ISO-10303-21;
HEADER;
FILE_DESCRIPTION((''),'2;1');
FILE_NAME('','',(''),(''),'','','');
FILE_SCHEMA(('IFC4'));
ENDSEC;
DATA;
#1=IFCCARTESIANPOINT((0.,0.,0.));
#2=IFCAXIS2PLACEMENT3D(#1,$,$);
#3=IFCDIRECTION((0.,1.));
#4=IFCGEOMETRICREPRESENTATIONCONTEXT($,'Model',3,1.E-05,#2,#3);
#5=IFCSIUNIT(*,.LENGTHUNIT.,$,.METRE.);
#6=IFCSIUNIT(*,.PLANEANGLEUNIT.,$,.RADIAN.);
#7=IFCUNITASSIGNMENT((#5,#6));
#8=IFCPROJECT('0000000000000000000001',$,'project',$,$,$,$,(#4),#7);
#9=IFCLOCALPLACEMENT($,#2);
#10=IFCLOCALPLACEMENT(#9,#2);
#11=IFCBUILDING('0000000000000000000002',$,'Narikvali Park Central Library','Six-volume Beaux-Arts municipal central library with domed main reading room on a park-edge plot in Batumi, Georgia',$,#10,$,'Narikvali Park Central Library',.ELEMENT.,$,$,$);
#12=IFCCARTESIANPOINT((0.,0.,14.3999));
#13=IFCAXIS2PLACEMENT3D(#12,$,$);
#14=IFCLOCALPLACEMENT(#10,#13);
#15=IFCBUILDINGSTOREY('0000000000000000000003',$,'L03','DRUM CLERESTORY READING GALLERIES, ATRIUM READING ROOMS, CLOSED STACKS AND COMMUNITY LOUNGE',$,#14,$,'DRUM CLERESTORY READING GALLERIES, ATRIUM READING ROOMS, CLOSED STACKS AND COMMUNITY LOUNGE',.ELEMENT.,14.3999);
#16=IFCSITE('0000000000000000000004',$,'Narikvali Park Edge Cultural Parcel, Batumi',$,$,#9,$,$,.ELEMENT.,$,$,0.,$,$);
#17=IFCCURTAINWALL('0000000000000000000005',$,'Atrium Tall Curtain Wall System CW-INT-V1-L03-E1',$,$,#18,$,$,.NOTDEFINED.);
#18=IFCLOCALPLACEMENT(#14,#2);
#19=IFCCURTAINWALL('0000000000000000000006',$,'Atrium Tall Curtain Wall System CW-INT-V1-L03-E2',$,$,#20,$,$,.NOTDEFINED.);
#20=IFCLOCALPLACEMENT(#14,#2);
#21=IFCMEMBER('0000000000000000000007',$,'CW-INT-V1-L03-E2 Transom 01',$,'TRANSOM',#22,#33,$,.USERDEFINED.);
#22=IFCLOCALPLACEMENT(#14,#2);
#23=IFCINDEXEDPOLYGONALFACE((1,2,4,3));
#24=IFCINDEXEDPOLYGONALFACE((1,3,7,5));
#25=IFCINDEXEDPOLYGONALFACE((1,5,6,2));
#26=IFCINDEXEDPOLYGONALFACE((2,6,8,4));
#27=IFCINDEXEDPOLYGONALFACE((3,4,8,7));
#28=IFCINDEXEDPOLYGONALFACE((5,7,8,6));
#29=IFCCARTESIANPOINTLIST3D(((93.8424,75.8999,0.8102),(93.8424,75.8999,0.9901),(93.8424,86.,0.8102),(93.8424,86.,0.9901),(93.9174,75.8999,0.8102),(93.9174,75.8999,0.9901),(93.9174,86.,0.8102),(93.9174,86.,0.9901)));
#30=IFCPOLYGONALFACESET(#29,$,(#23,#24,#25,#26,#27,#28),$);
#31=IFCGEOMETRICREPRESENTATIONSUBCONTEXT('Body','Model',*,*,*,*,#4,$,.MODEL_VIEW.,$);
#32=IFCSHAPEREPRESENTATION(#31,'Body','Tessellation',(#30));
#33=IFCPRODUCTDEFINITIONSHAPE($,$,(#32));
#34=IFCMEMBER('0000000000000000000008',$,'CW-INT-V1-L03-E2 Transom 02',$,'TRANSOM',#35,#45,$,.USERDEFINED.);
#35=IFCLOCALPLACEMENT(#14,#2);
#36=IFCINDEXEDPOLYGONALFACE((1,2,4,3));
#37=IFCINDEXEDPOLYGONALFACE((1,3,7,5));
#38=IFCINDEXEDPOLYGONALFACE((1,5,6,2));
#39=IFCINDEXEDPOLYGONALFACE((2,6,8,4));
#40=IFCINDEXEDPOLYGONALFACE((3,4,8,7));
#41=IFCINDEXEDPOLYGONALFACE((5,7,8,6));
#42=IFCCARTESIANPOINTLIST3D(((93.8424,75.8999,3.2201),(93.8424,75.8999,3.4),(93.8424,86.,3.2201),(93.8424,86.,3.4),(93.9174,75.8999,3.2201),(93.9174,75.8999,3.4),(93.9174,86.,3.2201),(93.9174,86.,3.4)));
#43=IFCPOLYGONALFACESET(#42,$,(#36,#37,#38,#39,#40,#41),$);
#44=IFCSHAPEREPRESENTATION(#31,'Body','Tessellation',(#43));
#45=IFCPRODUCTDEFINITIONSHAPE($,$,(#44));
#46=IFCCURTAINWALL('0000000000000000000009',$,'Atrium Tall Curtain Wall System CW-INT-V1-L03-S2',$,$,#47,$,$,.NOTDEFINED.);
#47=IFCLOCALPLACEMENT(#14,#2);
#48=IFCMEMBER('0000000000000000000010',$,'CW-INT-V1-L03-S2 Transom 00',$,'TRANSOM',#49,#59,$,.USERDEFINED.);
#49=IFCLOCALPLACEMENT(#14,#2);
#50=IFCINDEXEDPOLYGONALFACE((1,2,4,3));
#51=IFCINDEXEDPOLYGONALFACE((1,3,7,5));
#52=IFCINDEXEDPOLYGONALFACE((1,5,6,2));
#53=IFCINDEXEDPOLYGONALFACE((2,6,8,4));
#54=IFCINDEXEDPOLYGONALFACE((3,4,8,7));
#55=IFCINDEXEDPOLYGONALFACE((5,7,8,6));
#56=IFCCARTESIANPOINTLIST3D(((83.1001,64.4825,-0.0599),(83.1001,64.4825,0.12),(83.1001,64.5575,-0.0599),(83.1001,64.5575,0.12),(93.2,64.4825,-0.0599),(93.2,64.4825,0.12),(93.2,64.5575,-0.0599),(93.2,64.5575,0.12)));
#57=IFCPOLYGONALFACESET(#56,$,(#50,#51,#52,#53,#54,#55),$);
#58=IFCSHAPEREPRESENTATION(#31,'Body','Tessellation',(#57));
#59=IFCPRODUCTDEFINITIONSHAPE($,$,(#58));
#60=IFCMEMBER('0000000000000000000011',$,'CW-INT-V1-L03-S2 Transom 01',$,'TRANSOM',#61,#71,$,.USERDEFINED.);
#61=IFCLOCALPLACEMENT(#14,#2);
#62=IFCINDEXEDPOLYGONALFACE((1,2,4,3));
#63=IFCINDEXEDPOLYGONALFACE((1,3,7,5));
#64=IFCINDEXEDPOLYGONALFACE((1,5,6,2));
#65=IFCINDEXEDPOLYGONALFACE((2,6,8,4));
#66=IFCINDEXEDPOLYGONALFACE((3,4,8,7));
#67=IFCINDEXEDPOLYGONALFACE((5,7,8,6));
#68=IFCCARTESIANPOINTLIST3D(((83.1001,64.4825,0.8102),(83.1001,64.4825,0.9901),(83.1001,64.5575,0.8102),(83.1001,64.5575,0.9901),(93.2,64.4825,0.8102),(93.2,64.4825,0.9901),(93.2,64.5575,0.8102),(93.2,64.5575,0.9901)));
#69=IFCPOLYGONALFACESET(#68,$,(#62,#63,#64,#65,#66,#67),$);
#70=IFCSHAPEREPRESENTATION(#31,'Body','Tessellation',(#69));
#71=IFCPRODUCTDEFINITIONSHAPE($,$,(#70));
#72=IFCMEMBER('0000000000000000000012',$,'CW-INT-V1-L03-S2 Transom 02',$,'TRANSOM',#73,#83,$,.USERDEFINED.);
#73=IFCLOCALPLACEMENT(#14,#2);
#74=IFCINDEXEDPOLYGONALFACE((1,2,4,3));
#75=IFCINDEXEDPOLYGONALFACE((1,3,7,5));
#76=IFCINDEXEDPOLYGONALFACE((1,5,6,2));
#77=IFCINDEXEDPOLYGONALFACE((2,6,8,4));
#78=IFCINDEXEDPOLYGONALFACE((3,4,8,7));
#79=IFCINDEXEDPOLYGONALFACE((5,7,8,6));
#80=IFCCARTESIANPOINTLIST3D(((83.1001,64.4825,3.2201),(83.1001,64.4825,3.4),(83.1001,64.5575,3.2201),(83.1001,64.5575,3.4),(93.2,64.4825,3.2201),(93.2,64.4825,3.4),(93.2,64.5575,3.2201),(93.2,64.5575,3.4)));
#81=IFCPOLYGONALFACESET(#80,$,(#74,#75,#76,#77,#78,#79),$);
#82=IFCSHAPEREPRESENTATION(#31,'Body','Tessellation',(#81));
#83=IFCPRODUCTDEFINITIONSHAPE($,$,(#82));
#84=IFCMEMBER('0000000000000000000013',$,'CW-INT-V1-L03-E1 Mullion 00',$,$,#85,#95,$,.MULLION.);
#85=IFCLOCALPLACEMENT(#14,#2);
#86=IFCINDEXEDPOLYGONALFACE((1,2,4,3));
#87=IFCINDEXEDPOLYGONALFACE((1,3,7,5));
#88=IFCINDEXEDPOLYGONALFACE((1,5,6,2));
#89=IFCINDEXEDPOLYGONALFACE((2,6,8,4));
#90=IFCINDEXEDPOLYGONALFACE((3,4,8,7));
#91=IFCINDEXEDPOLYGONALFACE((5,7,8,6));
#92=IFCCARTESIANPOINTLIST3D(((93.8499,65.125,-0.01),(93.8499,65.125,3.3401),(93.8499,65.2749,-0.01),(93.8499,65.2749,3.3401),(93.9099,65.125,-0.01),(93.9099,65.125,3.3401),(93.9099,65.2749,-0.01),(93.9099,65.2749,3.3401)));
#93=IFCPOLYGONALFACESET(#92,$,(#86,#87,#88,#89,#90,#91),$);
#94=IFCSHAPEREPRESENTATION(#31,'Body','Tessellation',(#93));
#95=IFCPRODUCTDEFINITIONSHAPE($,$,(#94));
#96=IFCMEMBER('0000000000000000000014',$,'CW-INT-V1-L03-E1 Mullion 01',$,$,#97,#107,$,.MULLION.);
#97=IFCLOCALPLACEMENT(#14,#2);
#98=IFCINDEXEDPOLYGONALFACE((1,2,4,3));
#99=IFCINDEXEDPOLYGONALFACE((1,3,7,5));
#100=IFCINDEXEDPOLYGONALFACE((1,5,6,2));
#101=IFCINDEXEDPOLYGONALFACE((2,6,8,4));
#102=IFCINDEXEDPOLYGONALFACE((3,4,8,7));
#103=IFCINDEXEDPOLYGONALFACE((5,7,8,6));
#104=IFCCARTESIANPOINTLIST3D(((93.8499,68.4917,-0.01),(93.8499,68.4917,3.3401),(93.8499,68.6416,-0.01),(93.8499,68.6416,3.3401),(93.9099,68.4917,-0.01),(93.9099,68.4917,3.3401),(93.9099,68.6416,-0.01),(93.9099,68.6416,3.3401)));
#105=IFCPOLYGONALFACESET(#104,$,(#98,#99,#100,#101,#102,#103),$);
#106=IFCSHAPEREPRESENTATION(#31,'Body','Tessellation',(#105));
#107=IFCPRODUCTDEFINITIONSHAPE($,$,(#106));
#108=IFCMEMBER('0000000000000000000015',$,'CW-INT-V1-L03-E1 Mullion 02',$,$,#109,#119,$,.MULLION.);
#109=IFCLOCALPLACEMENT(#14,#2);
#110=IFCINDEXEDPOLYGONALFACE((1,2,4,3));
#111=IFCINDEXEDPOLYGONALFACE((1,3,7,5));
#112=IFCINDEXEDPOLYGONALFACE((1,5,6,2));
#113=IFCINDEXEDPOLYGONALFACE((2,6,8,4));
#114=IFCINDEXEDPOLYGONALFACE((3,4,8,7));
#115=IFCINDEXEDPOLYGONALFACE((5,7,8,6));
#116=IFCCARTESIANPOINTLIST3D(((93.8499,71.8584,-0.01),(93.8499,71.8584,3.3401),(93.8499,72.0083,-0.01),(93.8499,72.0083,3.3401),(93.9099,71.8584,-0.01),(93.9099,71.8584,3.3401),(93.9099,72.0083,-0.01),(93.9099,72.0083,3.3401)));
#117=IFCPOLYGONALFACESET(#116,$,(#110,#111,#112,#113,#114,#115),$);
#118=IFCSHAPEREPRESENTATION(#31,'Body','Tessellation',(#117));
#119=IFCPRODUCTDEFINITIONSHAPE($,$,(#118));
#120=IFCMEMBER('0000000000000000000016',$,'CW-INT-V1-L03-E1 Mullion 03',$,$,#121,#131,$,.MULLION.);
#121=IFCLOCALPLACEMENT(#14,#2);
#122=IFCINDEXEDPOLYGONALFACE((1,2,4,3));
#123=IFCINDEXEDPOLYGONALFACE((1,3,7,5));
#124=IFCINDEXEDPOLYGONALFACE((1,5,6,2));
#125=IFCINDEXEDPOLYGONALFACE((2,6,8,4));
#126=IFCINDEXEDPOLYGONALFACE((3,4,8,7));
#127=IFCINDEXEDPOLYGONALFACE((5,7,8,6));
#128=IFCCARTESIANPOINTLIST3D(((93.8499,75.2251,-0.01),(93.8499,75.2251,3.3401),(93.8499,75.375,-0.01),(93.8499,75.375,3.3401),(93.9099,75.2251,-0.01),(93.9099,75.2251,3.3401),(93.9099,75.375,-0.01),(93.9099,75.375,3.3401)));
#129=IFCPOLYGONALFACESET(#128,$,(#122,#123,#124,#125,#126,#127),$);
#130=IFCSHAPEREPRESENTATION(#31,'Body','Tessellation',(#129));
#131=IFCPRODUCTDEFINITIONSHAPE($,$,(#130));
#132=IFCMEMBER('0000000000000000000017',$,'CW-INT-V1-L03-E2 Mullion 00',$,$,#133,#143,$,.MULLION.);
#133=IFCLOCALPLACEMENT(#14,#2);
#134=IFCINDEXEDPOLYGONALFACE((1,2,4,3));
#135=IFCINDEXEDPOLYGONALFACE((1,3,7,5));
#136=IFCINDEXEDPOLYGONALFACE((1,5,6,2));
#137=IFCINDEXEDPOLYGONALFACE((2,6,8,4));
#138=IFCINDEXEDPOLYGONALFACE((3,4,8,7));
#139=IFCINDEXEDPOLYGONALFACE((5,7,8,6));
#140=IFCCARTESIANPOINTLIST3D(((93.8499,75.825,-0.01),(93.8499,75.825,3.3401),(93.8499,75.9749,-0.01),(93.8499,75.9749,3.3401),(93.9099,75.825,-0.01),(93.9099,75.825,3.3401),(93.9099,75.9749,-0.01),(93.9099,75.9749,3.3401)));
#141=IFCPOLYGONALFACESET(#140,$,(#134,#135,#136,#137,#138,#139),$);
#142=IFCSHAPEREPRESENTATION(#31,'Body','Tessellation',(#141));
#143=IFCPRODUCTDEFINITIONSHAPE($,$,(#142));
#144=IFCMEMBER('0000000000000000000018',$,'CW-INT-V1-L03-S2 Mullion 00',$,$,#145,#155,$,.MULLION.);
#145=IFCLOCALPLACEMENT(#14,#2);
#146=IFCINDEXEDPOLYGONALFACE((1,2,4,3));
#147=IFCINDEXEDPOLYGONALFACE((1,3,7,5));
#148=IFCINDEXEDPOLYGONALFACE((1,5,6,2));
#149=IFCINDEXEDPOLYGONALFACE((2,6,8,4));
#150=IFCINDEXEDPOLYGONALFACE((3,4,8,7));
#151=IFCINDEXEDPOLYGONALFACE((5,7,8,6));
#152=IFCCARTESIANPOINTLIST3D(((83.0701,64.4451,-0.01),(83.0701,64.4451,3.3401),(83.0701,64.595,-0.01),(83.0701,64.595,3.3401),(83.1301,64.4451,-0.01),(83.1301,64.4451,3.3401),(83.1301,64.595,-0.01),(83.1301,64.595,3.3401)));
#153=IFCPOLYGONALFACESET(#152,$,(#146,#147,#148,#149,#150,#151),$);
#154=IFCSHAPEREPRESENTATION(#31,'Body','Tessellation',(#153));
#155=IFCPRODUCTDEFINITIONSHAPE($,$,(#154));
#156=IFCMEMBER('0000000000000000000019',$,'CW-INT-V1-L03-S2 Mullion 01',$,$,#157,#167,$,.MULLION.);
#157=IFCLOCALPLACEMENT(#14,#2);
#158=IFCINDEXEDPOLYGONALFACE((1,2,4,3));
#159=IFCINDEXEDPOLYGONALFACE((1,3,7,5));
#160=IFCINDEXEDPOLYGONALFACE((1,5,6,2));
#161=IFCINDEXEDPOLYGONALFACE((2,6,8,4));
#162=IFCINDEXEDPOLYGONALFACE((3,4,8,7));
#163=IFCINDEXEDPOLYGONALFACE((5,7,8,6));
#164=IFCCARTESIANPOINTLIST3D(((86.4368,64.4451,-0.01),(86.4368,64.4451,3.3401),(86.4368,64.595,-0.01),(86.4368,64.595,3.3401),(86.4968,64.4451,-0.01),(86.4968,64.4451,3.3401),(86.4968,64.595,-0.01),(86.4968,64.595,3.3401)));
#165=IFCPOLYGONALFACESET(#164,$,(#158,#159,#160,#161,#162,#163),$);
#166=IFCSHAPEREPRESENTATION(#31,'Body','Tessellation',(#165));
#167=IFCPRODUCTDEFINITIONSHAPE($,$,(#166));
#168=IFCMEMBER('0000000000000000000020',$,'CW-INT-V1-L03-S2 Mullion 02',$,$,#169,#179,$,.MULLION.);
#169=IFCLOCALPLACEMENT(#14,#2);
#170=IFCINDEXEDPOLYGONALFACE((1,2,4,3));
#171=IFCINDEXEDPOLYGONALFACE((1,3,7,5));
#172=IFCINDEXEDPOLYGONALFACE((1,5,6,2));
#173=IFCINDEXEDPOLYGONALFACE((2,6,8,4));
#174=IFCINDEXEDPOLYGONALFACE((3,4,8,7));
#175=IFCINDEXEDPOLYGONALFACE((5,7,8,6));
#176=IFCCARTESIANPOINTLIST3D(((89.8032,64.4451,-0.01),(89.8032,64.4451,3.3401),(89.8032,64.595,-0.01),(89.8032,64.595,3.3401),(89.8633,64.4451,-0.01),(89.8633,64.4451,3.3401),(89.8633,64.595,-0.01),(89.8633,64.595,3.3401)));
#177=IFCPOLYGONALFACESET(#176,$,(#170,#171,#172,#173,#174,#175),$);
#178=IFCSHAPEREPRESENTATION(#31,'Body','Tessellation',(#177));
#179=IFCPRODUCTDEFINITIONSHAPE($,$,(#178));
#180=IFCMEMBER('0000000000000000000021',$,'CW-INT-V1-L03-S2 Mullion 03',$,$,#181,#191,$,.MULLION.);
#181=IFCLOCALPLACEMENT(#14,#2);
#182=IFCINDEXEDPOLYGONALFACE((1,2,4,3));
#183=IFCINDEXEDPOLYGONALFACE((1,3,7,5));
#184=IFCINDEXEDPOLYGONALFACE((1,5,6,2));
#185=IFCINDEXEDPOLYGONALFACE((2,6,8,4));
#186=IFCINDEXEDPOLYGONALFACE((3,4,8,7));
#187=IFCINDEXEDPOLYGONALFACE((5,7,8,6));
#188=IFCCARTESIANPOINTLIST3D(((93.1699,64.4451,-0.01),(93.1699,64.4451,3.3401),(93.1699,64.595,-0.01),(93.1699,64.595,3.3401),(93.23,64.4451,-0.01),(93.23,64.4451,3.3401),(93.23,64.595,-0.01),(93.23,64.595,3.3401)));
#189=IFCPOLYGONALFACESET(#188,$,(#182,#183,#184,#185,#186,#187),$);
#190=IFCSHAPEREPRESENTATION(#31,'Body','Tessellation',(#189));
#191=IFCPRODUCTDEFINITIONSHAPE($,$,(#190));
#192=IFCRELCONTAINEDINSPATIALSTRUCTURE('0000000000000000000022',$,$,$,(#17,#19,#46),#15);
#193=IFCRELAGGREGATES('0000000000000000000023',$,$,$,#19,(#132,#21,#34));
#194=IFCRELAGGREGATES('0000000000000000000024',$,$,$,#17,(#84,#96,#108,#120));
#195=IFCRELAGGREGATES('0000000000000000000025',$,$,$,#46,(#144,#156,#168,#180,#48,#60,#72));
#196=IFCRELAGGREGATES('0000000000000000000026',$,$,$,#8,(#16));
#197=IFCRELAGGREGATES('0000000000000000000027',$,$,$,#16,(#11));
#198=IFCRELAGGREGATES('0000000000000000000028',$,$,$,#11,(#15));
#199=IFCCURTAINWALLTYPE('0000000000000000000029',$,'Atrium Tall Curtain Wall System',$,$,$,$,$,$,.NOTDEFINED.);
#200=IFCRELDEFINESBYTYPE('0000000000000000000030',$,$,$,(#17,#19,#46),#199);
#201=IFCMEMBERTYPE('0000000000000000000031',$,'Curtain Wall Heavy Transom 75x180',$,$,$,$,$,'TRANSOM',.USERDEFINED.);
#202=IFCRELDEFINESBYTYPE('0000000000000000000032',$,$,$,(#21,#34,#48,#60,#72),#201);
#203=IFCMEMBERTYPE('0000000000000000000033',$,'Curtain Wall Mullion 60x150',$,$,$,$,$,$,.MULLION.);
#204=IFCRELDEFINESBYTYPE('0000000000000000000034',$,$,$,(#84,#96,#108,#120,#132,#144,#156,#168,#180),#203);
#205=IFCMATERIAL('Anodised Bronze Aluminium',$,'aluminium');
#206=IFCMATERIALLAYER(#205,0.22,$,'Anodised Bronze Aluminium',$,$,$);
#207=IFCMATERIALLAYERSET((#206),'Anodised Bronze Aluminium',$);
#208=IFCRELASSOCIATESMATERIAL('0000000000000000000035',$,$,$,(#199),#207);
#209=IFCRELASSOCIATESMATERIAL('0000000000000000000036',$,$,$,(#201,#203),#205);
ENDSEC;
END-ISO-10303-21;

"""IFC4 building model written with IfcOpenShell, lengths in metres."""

from ifc_helpers import new_model, si_unit, direction, frame, origin, origin_2d, place, context, subcontext, project, spatial, rectangle, extrude, material, layer, layer_set, material_profile, profile_set, type_object, element, aggregate, save


model = new_model("IFC4")

# Units and contexts
model_context = context("Model", 3, precision=1e-05, world=origin(), true_north=direction((0.0, 1.0)))
body_context = subcontext(model_context, "Body", "Model", "MODEL_VIEW")
ifc_project = project(units=[si_unit("LENGTHUNIT", "METRE"), si_unit("PLANEANGLEUNIT", "RADIAN")], contexts=[model_context])

# Site, building, storey
site_placement = place(None, origin())
site = spatial("IfcSite", under=ifc_project, at=site_placement, Name="Narikvali Park Edge Cultural Parcel, Batumi", CompositionType="ELEMENT", RefElevation=0.0)
building_placement = place(site_placement, origin())
building = spatial("IfcBuilding", under=site, at=building_placement, Name="Narikvali Park Central Library", Description="Six-volume Beaux-Arts municipal central library with domed main reading room on a park-edge plot in Batumi, Georgia", LongName="Narikvali Park Central Library", CompositionType="ELEMENT")
storey_placement = place(building_placement, frame((0.0, 0.0, 14.3999)))
storey = spatial("IfcBuildingStorey", under=building, at=storey_placement, Name="L03", Description="DRUM CLERESTORY READING GALLERIES, ATRIUM READING ROOMS, CLOSED STACKS AND COMMUNITY LOUNGE", LongName="DRUM CLERESTORY READING GALLERIES, ATRIUM READING ROOMS, CLOSED STACKS AND COMMUNITY LOUNGE", CompositionType="ELEMENT", Elevation=14.3999)

# Curtain walls, members
ifc_material_1 = material(Name="Anodised Bronze Aluminium", Category="aluminium")
ifc_layer_1 = layer(ifc_material_1, 0.22, Name="Anodised Bronze Aluminium")
ifc_layer_set_1 = layer_set([ifc_layer_1], Name="Anodised Bronze Aluminium")
curtain_wall_type = type_object("IfcCurtainWallType", Name="Atrium Tall Curtain Wall System", PredefinedType="NOTDEFINED", material=ifc_layer_set_1)
curtain_wall_1_placement = place(storey_placement, origin())
curtain_wall_1 = element("IfcCurtainWall", 1, at=curtain_wall_1_placement, inside=storey, type_object=curtain_wall_type, Name="Atrium Tall Curtain Wall System CW-INT-V1-L03-E1", PredefinedType="NOTDEFINED")
ifc_material_profile_1 = material_profile(ifc_material_1, rectangle(XDim=0.075, YDim=0.1799, at=origin_2d()), Name="CW TRANSOM 75x180")
ifc_profile_set_1 = profile_set([ifc_material_profile_1], Name="Anodised Bronze Aluminium")
member_type_1 = type_object("IfcMemberType", Name="Curtain Wall Heavy Transom 75x180", ElementType="TRANSOM", PredefinedType="USERDEFINED", material=ifc_profile_set_1)
curtain_wall_2_placement = place(storey_placement, origin())
curtain_wall_2 = element("IfcCurtainWall", 2, at=curtain_wall_2_placement, inside=storey, type_object=curtain_wall_type, Name="Atrium Tall Curtain Wall System CW-INT-V1-L03-E2", PredefinedType="NOTDEFINED")
member_1_placement = place(storey_placement, frame((93.8799, 75.8999, 0.9001), z_axis=(0.0, 1.0, 0.0), x_axis=(-1.0, 0.0, 0.0)))
member_1 = element("IfcMember", 3, at=member_1_placement, type_object=member_type_1, Name="CW-INT-V1-L03-E2 Transom 01", ObjectType="TRANSOM", PredefinedType="USERDEFINED", context=body_context, shape_type="SweptSolid", body=[
    extrude(rectangle(XDim=0.075, YDim=0.1799, at=origin_2d()), origin(), (0.0, 0.0, 1.0), 10.1001),
])
member_2_placement = place(storey_placement, frame((93.8799, 75.8999, 3.3101), z_axis=(0.0, 1.0, 0.0), x_axis=(-1.0, 0.0, 0.0)))
member_2 = element("IfcMember", 4, at=member_2_placement, type_object=member_type_1, Name="CW-INT-V1-L03-E2 Transom 02", ObjectType="TRANSOM", PredefinedType="USERDEFINED", context=body_context, shape_type="SweptSolid", body=[
    extrude(rectangle(XDim=0.075, YDim=0.1799, at=origin_2d()), origin(), (0.0, 0.0, 1.0), 10.1001),
])
curtain_wall_3_placement = place(storey_placement, origin())
curtain_wall_3 = element("IfcCurtainWall", 5, at=curtain_wall_3_placement, inside=storey, type_object=curtain_wall_type, Name="Atrium Tall Curtain Wall System CW-INT-V1-L03-S2", PredefinedType="NOTDEFINED")
member_3_placement = place(storey_placement, frame((83.1001, 64.52, 0.03), z_axis=(1.0, 0.0, 0.0), x_axis=(0.0, 1.0, 0.0)))
member_3 = element("IfcMember", 6, at=member_3_placement, type_object=member_type_1, Name="CW-INT-V1-L03-S2 Transom 00", ObjectType="TRANSOM", PredefinedType="USERDEFINED", context=body_context, shape_type="SweptSolid", body=[
    extrude(rectangle(XDim=0.075, YDim=0.1799, at=origin_2d()), origin(), (0.0, 0.0, 1.0), 10.0999),
])
member_4_placement = place(storey_placement, frame((83.1001, 64.52, 0.9001), z_axis=(1.0, 0.0, 0.0), x_axis=(0.0, 1.0, 0.0)))
member_4 = element("IfcMember", 7, at=member_4_placement, type_object=member_type_1, Name="CW-INT-V1-L03-S2 Transom 01", ObjectType="TRANSOM", PredefinedType="USERDEFINED", context=body_context, shape_type="SweptSolid", body=[
    extrude(rectangle(XDim=0.075, YDim=0.1799, at=origin_2d()), origin(), (0.0, 0.0, 1.0), 10.0999),
])
member_5_placement = place(storey_placement, frame((83.1001, 64.52, 3.3101), z_axis=(1.0, 0.0, 0.0), x_axis=(0.0, 1.0, 0.0)))
member_5 = element("IfcMember", 8, at=member_5_placement, type_object=member_type_1, Name="CW-INT-V1-L03-S2 Transom 02", ObjectType="TRANSOM", PredefinedType="USERDEFINED", context=body_context, shape_type="SweptSolid", body=[
    extrude(rectangle(XDim=0.075, YDim=0.1799, at=origin_2d()), origin(), (0.0, 0.0, 1.0), 10.0999),
])

# Members
ifc_material_profile_2 = material_profile(ifc_material_1, rectangle(XDim=0.0601, YDim=0.1499, at=origin_2d()), Name="CW MULLION 60x150")
ifc_profile_set_2 = profile_set([ifc_material_profile_2], Name="Anodised Bronze Aluminium")
member_type_2 = type_object("IfcMemberType", Name="Curtain Wall Mullion 60x150", PredefinedType="MULLION", material=ifc_profile_set_2)
member_6_placement = place(storey_placement, frame((93.8799, 65.2, -0.01), z_axis=(0.0, 0.0, 1.0), x_axis=(1.0, 0.0, 0.0)))
member_6 = element("IfcMember", 9, at=member_6_placement, type_object=member_type_2, Name="CW-INT-V1-L03-E1 Mullion 00", PredefinedType="MULLION", context=body_context, shape_type="SweptSolid", body=[
    extrude(rectangle(XDim=0.0601, YDim=0.1499, at=origin_2d()), origin(), (0.0, 0.0, 1.0), 3.3501),
])
member_7_placement = place(storey_placement, frame((93.8799, 68.5667, -0.01), z_axis=(0.0, 0.0, 1.0), x_axis=(1.0, 0.0, 0.0)))
member_7 = element("IfcMember", 10, at=member_7_placement, type_object=member_type_2, Name="CW-INT-V1-L03-E1 Mullion 01", PredefinedType="MULLION", context=body_context, shape_type="SweptSolid", body=[
    extrude(rectangle(XDim=0.0601, YDim=0.1499, at=origin_2d()), origin(), (0.0, 0.0, 1.0), 3.3501),
])
member_8_placement = place(storey_placement, frame((93.8799, 71.9333, -0.01), z_axis=(0.0, 0.0, 1.0), x_axis=(1.0, 0.0, 0.0)))
member_8 = element("IfcMember", 11, at=member_8_placement, type_object=member_type_2, Name="CW-INT-V1-L03-E1 Mullion 02", PredefinedType="MULLION", context=body_context, shape_type="SweptSolid", body=[
    extrude(rectangle(XDim=0.0601, YDim=0.1499, at=origin_2d()), origin(), (0.0, 0.0, 1.0), 3.3501),
])
member_9_placement = place(storey_placement, frame((93.8799, 75.3, -0.01), z_axis=(0.0, 0.0, 1.0), x_axis=(1.0, 0.0, 0.0)))
member_9 = element("IfcMember", 12, at=member_9_placement, type_object=member_type_2, Name="CW-INT-V1-L03-E1 Mullion 03", PredefinedType="MULLION", context=body_context, shape_type="SweptSolid", body=[
    extrude(rectangle(XDim=0.0601, YDim=0.1499, at=origin_2d()), origin(), (0.0, 0.0, 1.0), 3.3501),
])
member_10_placement = place(storey_placement, frame((93.8799, 75.8999, -0.01), z_axis=(0.0, 0.0, 1.0), x_axis=(1.0, 0.0, 0.0)))
member_10 = element("IfcMember", 13, at=member_10_placement, type_object=member_type_2, Name="CW-INT-V1-L03-E2 Mullion 00", PredefinedType="MULLION", context=body_context, shape_type="SweptSolid", body=[
    extrude(rectangle(XDim=0.0601, YDim=0.1499, at=origin_2d()), origin(), (0.0, 0.0, 1.0), 3.3501),
])
aggregate(curtain_wall_2, [member_10, member_1, member_2])
member_11_placement = place(storey_placement, frame((83.1001, 64.52, -0.01), z_axis=(0.0, 0.0, 1.0), x_axis=(1.0, 0.0, 0.0)))
member_11 = element("IfcMember", 14, at=member_11_placement, type_object=member_type_2, Name="CW-INT-V1-L03-S2 Mullion 00", PredefinedType="MULLION", context=body_context, shape_type="SweptSolid", body=[
    extrude(rectangle(XDim=0.0601, YDim=0.1499, at=origin_2d()), origin(), (0.0, 0.0, 1.0), 3.3501),
])
member_12_placement = place(storey_placement, frame((86.4668, 64.52, -0.01), z_axis=(0.0, 0.0, 1.0), x_axis=(1.0, 0.0, 0.0)))
member_12 = element("IfcMember", 15, at=member_12_placement, type_object=member_type_2, Name="CW-INT-V1-L03-S2 Mullion 01", PredefinedType="MULLION", context=body_context, shape_type="SweptSolid", body=[
    extrude(rectangle(XDim=0.0601, YDim=0.1499, at=origin_2d()), origin(), (0.0, 0.0, 1.0), 3.3501),
])
member_13_placement = place(storey_placement, frame((89.8333, 64.52, -0.01), z_axis=(0.0, 0.0, 1.0), x_axis=(1.0, 0.0, 0.0)))
member_13 = element("IfcMember", 16, at=member_13_placement, type_object=member_type_2, Name="CW-INT-V1-L03-S2 Mullion 02", PredefinedType="MULLION", context=body_context, shape_type="SweptSolid", body=[
    extrude(rectangle(XDim=0.0601, YDim=0.1499, at=origin_2d()), origin(), (0.0, 0.0, 1.0), 3.3501),
])
member_14_placement = place(storey_placement, frame((93.2, 64.52, -0.01), z_axis=(0.0, 0.0, 1.0), x_axis=(1.0, 0.0, 0.0)))
member_14 = element("IfcMember", 17, at=member_14_placement, type_object=member_type_2, Name="CW-INT-V1-L03-S2 Mullion 03", PredefinedType="MULLION", context=body_context, shape_type="SweptSolid", body=[
    extrude(rectangle(XDim=0.0601, YDim=0.1499, at=origin_2d()), origin(), (0.0, 0.0, 1.0), 3.3501),
])

aggregate(curtain_wall_1, [member_6, member_7, member_8, member_9])
aggregate(curtain_wall_3, [member_11, member_12, member_13, member_14, member_3, member_4, member_5])

save(model, "model.ifc")
